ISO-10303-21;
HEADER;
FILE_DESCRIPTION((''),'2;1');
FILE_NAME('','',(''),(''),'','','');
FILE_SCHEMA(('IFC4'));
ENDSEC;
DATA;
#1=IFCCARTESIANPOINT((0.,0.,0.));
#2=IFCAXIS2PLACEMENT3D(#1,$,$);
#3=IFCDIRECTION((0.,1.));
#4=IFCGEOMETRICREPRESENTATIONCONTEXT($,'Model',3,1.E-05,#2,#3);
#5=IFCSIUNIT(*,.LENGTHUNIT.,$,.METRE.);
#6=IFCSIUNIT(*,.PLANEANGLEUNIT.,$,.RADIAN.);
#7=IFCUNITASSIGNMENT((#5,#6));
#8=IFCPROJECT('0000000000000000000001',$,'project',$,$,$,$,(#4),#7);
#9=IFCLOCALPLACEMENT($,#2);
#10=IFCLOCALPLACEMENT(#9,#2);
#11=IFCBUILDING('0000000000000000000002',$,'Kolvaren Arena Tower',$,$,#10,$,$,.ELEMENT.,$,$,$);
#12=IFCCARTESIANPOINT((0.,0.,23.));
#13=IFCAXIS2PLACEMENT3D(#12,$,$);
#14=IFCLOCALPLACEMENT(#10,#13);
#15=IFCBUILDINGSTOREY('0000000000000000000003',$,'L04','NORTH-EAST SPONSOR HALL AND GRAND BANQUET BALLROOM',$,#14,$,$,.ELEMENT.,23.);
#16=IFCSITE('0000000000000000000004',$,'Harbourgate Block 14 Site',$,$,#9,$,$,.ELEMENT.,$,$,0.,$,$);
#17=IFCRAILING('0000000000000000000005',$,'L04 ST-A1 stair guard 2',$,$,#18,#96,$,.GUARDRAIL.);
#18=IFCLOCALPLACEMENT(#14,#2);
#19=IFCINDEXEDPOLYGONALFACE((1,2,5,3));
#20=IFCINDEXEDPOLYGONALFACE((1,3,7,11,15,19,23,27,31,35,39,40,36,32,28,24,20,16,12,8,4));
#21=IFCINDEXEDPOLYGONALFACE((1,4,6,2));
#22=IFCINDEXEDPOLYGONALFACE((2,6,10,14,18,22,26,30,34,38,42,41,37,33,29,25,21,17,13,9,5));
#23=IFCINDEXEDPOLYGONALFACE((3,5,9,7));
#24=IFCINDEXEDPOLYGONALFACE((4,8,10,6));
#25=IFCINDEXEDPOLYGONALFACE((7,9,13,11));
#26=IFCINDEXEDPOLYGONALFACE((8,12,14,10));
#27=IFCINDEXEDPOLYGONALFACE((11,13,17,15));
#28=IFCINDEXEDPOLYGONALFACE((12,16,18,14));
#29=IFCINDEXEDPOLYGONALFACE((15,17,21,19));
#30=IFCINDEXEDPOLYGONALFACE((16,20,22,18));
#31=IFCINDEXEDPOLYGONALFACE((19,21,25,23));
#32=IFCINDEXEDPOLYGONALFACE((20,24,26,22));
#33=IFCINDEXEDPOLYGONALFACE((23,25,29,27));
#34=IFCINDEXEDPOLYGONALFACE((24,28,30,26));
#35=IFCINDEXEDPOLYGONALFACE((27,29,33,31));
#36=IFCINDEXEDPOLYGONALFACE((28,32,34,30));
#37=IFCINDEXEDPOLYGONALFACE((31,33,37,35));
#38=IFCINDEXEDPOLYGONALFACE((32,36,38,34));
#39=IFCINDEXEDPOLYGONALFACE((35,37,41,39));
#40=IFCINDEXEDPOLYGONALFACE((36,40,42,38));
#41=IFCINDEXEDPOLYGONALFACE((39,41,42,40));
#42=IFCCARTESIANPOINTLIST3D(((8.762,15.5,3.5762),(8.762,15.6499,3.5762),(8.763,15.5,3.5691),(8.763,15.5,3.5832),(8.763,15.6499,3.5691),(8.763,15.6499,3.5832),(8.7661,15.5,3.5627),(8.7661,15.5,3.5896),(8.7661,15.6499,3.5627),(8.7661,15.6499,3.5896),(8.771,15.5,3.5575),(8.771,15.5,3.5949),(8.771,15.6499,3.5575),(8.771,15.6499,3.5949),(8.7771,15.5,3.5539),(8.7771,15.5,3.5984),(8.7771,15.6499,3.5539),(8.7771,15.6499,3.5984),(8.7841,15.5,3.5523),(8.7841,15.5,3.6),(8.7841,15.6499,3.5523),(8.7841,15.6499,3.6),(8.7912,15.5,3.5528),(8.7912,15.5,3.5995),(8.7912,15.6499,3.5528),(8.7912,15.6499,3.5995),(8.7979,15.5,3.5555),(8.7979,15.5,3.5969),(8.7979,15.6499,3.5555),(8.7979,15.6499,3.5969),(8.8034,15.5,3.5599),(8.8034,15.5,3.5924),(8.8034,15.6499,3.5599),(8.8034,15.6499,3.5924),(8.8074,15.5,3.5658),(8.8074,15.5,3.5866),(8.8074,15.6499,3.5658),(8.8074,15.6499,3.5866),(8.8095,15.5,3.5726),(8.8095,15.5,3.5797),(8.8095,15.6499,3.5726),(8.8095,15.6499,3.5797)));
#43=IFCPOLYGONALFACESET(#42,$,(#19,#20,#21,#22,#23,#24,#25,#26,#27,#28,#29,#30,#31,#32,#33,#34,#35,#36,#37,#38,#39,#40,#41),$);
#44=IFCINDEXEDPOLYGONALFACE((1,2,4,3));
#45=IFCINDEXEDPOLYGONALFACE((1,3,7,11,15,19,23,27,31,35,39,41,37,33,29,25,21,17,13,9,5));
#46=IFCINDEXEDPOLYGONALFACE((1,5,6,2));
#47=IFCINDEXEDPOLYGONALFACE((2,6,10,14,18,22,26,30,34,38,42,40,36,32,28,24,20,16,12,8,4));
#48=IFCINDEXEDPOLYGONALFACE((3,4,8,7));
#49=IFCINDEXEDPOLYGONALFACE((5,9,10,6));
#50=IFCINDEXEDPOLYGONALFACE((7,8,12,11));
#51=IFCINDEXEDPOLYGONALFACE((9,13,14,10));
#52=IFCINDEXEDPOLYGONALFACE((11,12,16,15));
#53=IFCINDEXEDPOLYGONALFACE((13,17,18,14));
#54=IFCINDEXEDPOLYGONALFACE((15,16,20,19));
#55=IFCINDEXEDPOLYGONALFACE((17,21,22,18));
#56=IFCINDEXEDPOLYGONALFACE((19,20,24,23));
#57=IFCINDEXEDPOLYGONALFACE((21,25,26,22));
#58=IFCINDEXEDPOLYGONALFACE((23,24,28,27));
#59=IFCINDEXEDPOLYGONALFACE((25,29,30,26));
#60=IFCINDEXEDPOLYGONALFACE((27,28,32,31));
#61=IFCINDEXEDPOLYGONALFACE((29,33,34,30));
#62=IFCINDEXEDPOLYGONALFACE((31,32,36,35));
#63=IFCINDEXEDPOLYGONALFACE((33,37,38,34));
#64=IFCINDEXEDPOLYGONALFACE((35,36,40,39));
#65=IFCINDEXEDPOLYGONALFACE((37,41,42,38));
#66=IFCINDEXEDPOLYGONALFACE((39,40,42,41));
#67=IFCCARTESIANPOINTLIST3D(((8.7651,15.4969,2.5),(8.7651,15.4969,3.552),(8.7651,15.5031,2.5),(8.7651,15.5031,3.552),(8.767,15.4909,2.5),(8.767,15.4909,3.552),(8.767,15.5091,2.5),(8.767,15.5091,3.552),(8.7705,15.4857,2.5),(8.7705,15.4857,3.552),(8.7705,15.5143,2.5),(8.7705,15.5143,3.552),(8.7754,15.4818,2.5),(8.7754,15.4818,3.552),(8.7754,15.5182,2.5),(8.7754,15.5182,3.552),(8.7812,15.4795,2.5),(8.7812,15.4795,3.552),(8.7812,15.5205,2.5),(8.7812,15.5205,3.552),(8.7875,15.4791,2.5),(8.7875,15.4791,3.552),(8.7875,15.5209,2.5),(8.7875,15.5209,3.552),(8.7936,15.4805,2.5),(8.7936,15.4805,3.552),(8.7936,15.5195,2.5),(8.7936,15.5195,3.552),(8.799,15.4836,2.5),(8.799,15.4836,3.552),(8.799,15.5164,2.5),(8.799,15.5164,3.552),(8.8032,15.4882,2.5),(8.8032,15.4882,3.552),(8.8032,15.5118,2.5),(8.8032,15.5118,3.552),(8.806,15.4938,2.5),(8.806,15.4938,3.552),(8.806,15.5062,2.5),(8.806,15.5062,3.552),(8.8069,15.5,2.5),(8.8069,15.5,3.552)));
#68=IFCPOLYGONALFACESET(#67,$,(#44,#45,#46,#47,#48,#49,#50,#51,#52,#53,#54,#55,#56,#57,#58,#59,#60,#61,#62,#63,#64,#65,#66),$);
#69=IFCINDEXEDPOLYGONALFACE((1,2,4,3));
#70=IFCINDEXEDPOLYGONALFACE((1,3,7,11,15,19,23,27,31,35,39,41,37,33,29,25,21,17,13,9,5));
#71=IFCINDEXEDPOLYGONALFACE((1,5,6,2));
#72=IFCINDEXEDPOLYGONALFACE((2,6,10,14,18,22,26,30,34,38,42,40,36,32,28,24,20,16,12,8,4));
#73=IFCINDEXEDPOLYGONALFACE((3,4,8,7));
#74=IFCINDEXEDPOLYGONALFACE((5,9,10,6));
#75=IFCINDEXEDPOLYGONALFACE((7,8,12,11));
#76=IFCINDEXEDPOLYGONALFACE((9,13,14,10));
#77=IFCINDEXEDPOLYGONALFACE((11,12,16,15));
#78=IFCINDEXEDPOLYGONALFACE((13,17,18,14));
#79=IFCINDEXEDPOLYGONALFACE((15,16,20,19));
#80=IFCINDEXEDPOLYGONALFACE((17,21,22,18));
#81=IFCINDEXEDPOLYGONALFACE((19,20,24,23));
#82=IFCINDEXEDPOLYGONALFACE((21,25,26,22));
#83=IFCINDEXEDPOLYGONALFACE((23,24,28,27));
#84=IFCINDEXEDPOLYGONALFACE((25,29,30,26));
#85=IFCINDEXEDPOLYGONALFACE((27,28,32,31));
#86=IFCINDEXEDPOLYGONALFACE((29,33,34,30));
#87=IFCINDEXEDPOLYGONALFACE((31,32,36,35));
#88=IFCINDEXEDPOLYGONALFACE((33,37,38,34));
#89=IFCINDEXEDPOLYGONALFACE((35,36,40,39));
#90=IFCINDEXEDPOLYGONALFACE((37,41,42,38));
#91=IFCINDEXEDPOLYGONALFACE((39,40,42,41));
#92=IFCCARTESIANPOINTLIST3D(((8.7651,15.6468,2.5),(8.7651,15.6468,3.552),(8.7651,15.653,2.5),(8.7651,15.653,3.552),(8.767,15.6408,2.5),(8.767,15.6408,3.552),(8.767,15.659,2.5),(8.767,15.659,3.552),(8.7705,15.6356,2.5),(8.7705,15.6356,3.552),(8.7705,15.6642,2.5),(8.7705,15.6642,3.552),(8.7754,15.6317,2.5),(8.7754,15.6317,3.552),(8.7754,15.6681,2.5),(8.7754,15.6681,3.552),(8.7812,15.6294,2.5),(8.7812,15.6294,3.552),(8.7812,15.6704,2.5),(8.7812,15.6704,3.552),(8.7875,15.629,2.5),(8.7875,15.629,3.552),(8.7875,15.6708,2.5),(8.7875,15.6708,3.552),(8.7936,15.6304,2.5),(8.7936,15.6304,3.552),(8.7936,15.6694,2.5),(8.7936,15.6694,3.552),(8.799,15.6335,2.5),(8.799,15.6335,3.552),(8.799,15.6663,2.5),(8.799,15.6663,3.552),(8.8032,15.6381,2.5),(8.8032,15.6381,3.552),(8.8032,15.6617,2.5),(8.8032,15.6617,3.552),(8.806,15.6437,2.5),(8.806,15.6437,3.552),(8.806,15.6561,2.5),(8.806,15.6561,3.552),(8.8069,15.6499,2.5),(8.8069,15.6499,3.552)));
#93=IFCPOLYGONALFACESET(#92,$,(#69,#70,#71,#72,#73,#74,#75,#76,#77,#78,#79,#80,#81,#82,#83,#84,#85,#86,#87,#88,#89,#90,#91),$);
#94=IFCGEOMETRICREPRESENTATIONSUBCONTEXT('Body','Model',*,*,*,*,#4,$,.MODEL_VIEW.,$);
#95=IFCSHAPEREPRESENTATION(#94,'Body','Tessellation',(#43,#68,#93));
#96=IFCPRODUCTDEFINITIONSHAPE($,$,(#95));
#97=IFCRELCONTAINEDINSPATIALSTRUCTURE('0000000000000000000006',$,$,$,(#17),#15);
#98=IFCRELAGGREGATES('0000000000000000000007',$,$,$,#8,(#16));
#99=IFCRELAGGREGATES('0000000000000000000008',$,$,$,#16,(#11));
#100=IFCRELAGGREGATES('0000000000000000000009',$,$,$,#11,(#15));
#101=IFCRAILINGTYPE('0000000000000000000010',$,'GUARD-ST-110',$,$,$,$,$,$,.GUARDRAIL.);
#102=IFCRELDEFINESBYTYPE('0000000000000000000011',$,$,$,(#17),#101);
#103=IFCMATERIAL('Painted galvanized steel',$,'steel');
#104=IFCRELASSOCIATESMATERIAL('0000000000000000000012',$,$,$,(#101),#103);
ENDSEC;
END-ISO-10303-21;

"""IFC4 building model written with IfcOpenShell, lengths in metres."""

from ifc_helpers import new_model, si_unit, direction, frame, origin, origin_2d, place, context, subcontext, project, spatial, circle, extrude, material, type_object, element, save


model = new_model("IFC4")

# Units and contexts
model_context = context("Model", 3, precision=1e-05, world=origin(), true_north=direction((0.0, 1.0)))
body_context = subcontext(model_context, "Body", "Model", "MODEL_VIEW")
ifc_project = project(units=[si_unit("LENGTHUNIT", "METRE"), si_unit("PLANEANGLEUNIT", "RADIAN")], contexts=[model_context])

# Site, building, storey
site_placement = place(None, origin())
site = spatial("IfcSite", under=ifc_project, at=site_placement, Name="Harbourgate Block 14 Site", CompositionType="ELEMENT", RefElevation=0.0)
building_placement = place(site_placement, origin())
building = spatial("IfcBuilding", under=site, at=building_placement, Name="Kolvaren Arena Tower", CompositionType="ELEMENT")
storey_placement = place(building_placement, frame((0.0, 0.0, 23.0)))
storey = spatial("IfcBuildingStorey", under=building, at=storey_placement, Name="L04", Description="NORTH-EAST SPONSOR HALL AND GRAND BANQUET BALLROOM", CompositionType="ELEMENT", Elevation=23.0)

# Railing
ifc_material_1 = material(Name="Painted galvanized steel", Category="steel")
railing_type_1 = type_object("IfcRailingType", Name="GUARD-ST-110", PredefinedType="GUARDRAIL", material=ifc_material_1)
railing_1_placement = place(storey_placement, frame((8.7859, 15.5, 2.5)))
element("IfcRailing", 1, at=railing_1_placement, inside=storey, type_object=railing_type_1, Name="L04 ST-A1 stair guard 2", PredefinedType="GUARDRAIL", context=body_context, shape_type="SweptSolid", body=[
    extrude(circle(Radius=0.0239, at=origin_2d()), frame((0.0, 0.0, 1.0762), z_axis=(0.0, 1.0, 0.0), x_axis=(-1.0, 0.0, 0.0)), (0.0, 0.0, 1.0), 0.1499),
    extrude(circle(Radius=0.021, at=origin_2d()), origin(), (0.0, 0.0, 1.0), 1.052),
    extrude(circle(Radius=0.021, at=origin_2d()), frame((0.0, 0.1499, 0.0)), (0.0, 0.0, 1.0), 1.052),
])

save(model, "model.ifc")
